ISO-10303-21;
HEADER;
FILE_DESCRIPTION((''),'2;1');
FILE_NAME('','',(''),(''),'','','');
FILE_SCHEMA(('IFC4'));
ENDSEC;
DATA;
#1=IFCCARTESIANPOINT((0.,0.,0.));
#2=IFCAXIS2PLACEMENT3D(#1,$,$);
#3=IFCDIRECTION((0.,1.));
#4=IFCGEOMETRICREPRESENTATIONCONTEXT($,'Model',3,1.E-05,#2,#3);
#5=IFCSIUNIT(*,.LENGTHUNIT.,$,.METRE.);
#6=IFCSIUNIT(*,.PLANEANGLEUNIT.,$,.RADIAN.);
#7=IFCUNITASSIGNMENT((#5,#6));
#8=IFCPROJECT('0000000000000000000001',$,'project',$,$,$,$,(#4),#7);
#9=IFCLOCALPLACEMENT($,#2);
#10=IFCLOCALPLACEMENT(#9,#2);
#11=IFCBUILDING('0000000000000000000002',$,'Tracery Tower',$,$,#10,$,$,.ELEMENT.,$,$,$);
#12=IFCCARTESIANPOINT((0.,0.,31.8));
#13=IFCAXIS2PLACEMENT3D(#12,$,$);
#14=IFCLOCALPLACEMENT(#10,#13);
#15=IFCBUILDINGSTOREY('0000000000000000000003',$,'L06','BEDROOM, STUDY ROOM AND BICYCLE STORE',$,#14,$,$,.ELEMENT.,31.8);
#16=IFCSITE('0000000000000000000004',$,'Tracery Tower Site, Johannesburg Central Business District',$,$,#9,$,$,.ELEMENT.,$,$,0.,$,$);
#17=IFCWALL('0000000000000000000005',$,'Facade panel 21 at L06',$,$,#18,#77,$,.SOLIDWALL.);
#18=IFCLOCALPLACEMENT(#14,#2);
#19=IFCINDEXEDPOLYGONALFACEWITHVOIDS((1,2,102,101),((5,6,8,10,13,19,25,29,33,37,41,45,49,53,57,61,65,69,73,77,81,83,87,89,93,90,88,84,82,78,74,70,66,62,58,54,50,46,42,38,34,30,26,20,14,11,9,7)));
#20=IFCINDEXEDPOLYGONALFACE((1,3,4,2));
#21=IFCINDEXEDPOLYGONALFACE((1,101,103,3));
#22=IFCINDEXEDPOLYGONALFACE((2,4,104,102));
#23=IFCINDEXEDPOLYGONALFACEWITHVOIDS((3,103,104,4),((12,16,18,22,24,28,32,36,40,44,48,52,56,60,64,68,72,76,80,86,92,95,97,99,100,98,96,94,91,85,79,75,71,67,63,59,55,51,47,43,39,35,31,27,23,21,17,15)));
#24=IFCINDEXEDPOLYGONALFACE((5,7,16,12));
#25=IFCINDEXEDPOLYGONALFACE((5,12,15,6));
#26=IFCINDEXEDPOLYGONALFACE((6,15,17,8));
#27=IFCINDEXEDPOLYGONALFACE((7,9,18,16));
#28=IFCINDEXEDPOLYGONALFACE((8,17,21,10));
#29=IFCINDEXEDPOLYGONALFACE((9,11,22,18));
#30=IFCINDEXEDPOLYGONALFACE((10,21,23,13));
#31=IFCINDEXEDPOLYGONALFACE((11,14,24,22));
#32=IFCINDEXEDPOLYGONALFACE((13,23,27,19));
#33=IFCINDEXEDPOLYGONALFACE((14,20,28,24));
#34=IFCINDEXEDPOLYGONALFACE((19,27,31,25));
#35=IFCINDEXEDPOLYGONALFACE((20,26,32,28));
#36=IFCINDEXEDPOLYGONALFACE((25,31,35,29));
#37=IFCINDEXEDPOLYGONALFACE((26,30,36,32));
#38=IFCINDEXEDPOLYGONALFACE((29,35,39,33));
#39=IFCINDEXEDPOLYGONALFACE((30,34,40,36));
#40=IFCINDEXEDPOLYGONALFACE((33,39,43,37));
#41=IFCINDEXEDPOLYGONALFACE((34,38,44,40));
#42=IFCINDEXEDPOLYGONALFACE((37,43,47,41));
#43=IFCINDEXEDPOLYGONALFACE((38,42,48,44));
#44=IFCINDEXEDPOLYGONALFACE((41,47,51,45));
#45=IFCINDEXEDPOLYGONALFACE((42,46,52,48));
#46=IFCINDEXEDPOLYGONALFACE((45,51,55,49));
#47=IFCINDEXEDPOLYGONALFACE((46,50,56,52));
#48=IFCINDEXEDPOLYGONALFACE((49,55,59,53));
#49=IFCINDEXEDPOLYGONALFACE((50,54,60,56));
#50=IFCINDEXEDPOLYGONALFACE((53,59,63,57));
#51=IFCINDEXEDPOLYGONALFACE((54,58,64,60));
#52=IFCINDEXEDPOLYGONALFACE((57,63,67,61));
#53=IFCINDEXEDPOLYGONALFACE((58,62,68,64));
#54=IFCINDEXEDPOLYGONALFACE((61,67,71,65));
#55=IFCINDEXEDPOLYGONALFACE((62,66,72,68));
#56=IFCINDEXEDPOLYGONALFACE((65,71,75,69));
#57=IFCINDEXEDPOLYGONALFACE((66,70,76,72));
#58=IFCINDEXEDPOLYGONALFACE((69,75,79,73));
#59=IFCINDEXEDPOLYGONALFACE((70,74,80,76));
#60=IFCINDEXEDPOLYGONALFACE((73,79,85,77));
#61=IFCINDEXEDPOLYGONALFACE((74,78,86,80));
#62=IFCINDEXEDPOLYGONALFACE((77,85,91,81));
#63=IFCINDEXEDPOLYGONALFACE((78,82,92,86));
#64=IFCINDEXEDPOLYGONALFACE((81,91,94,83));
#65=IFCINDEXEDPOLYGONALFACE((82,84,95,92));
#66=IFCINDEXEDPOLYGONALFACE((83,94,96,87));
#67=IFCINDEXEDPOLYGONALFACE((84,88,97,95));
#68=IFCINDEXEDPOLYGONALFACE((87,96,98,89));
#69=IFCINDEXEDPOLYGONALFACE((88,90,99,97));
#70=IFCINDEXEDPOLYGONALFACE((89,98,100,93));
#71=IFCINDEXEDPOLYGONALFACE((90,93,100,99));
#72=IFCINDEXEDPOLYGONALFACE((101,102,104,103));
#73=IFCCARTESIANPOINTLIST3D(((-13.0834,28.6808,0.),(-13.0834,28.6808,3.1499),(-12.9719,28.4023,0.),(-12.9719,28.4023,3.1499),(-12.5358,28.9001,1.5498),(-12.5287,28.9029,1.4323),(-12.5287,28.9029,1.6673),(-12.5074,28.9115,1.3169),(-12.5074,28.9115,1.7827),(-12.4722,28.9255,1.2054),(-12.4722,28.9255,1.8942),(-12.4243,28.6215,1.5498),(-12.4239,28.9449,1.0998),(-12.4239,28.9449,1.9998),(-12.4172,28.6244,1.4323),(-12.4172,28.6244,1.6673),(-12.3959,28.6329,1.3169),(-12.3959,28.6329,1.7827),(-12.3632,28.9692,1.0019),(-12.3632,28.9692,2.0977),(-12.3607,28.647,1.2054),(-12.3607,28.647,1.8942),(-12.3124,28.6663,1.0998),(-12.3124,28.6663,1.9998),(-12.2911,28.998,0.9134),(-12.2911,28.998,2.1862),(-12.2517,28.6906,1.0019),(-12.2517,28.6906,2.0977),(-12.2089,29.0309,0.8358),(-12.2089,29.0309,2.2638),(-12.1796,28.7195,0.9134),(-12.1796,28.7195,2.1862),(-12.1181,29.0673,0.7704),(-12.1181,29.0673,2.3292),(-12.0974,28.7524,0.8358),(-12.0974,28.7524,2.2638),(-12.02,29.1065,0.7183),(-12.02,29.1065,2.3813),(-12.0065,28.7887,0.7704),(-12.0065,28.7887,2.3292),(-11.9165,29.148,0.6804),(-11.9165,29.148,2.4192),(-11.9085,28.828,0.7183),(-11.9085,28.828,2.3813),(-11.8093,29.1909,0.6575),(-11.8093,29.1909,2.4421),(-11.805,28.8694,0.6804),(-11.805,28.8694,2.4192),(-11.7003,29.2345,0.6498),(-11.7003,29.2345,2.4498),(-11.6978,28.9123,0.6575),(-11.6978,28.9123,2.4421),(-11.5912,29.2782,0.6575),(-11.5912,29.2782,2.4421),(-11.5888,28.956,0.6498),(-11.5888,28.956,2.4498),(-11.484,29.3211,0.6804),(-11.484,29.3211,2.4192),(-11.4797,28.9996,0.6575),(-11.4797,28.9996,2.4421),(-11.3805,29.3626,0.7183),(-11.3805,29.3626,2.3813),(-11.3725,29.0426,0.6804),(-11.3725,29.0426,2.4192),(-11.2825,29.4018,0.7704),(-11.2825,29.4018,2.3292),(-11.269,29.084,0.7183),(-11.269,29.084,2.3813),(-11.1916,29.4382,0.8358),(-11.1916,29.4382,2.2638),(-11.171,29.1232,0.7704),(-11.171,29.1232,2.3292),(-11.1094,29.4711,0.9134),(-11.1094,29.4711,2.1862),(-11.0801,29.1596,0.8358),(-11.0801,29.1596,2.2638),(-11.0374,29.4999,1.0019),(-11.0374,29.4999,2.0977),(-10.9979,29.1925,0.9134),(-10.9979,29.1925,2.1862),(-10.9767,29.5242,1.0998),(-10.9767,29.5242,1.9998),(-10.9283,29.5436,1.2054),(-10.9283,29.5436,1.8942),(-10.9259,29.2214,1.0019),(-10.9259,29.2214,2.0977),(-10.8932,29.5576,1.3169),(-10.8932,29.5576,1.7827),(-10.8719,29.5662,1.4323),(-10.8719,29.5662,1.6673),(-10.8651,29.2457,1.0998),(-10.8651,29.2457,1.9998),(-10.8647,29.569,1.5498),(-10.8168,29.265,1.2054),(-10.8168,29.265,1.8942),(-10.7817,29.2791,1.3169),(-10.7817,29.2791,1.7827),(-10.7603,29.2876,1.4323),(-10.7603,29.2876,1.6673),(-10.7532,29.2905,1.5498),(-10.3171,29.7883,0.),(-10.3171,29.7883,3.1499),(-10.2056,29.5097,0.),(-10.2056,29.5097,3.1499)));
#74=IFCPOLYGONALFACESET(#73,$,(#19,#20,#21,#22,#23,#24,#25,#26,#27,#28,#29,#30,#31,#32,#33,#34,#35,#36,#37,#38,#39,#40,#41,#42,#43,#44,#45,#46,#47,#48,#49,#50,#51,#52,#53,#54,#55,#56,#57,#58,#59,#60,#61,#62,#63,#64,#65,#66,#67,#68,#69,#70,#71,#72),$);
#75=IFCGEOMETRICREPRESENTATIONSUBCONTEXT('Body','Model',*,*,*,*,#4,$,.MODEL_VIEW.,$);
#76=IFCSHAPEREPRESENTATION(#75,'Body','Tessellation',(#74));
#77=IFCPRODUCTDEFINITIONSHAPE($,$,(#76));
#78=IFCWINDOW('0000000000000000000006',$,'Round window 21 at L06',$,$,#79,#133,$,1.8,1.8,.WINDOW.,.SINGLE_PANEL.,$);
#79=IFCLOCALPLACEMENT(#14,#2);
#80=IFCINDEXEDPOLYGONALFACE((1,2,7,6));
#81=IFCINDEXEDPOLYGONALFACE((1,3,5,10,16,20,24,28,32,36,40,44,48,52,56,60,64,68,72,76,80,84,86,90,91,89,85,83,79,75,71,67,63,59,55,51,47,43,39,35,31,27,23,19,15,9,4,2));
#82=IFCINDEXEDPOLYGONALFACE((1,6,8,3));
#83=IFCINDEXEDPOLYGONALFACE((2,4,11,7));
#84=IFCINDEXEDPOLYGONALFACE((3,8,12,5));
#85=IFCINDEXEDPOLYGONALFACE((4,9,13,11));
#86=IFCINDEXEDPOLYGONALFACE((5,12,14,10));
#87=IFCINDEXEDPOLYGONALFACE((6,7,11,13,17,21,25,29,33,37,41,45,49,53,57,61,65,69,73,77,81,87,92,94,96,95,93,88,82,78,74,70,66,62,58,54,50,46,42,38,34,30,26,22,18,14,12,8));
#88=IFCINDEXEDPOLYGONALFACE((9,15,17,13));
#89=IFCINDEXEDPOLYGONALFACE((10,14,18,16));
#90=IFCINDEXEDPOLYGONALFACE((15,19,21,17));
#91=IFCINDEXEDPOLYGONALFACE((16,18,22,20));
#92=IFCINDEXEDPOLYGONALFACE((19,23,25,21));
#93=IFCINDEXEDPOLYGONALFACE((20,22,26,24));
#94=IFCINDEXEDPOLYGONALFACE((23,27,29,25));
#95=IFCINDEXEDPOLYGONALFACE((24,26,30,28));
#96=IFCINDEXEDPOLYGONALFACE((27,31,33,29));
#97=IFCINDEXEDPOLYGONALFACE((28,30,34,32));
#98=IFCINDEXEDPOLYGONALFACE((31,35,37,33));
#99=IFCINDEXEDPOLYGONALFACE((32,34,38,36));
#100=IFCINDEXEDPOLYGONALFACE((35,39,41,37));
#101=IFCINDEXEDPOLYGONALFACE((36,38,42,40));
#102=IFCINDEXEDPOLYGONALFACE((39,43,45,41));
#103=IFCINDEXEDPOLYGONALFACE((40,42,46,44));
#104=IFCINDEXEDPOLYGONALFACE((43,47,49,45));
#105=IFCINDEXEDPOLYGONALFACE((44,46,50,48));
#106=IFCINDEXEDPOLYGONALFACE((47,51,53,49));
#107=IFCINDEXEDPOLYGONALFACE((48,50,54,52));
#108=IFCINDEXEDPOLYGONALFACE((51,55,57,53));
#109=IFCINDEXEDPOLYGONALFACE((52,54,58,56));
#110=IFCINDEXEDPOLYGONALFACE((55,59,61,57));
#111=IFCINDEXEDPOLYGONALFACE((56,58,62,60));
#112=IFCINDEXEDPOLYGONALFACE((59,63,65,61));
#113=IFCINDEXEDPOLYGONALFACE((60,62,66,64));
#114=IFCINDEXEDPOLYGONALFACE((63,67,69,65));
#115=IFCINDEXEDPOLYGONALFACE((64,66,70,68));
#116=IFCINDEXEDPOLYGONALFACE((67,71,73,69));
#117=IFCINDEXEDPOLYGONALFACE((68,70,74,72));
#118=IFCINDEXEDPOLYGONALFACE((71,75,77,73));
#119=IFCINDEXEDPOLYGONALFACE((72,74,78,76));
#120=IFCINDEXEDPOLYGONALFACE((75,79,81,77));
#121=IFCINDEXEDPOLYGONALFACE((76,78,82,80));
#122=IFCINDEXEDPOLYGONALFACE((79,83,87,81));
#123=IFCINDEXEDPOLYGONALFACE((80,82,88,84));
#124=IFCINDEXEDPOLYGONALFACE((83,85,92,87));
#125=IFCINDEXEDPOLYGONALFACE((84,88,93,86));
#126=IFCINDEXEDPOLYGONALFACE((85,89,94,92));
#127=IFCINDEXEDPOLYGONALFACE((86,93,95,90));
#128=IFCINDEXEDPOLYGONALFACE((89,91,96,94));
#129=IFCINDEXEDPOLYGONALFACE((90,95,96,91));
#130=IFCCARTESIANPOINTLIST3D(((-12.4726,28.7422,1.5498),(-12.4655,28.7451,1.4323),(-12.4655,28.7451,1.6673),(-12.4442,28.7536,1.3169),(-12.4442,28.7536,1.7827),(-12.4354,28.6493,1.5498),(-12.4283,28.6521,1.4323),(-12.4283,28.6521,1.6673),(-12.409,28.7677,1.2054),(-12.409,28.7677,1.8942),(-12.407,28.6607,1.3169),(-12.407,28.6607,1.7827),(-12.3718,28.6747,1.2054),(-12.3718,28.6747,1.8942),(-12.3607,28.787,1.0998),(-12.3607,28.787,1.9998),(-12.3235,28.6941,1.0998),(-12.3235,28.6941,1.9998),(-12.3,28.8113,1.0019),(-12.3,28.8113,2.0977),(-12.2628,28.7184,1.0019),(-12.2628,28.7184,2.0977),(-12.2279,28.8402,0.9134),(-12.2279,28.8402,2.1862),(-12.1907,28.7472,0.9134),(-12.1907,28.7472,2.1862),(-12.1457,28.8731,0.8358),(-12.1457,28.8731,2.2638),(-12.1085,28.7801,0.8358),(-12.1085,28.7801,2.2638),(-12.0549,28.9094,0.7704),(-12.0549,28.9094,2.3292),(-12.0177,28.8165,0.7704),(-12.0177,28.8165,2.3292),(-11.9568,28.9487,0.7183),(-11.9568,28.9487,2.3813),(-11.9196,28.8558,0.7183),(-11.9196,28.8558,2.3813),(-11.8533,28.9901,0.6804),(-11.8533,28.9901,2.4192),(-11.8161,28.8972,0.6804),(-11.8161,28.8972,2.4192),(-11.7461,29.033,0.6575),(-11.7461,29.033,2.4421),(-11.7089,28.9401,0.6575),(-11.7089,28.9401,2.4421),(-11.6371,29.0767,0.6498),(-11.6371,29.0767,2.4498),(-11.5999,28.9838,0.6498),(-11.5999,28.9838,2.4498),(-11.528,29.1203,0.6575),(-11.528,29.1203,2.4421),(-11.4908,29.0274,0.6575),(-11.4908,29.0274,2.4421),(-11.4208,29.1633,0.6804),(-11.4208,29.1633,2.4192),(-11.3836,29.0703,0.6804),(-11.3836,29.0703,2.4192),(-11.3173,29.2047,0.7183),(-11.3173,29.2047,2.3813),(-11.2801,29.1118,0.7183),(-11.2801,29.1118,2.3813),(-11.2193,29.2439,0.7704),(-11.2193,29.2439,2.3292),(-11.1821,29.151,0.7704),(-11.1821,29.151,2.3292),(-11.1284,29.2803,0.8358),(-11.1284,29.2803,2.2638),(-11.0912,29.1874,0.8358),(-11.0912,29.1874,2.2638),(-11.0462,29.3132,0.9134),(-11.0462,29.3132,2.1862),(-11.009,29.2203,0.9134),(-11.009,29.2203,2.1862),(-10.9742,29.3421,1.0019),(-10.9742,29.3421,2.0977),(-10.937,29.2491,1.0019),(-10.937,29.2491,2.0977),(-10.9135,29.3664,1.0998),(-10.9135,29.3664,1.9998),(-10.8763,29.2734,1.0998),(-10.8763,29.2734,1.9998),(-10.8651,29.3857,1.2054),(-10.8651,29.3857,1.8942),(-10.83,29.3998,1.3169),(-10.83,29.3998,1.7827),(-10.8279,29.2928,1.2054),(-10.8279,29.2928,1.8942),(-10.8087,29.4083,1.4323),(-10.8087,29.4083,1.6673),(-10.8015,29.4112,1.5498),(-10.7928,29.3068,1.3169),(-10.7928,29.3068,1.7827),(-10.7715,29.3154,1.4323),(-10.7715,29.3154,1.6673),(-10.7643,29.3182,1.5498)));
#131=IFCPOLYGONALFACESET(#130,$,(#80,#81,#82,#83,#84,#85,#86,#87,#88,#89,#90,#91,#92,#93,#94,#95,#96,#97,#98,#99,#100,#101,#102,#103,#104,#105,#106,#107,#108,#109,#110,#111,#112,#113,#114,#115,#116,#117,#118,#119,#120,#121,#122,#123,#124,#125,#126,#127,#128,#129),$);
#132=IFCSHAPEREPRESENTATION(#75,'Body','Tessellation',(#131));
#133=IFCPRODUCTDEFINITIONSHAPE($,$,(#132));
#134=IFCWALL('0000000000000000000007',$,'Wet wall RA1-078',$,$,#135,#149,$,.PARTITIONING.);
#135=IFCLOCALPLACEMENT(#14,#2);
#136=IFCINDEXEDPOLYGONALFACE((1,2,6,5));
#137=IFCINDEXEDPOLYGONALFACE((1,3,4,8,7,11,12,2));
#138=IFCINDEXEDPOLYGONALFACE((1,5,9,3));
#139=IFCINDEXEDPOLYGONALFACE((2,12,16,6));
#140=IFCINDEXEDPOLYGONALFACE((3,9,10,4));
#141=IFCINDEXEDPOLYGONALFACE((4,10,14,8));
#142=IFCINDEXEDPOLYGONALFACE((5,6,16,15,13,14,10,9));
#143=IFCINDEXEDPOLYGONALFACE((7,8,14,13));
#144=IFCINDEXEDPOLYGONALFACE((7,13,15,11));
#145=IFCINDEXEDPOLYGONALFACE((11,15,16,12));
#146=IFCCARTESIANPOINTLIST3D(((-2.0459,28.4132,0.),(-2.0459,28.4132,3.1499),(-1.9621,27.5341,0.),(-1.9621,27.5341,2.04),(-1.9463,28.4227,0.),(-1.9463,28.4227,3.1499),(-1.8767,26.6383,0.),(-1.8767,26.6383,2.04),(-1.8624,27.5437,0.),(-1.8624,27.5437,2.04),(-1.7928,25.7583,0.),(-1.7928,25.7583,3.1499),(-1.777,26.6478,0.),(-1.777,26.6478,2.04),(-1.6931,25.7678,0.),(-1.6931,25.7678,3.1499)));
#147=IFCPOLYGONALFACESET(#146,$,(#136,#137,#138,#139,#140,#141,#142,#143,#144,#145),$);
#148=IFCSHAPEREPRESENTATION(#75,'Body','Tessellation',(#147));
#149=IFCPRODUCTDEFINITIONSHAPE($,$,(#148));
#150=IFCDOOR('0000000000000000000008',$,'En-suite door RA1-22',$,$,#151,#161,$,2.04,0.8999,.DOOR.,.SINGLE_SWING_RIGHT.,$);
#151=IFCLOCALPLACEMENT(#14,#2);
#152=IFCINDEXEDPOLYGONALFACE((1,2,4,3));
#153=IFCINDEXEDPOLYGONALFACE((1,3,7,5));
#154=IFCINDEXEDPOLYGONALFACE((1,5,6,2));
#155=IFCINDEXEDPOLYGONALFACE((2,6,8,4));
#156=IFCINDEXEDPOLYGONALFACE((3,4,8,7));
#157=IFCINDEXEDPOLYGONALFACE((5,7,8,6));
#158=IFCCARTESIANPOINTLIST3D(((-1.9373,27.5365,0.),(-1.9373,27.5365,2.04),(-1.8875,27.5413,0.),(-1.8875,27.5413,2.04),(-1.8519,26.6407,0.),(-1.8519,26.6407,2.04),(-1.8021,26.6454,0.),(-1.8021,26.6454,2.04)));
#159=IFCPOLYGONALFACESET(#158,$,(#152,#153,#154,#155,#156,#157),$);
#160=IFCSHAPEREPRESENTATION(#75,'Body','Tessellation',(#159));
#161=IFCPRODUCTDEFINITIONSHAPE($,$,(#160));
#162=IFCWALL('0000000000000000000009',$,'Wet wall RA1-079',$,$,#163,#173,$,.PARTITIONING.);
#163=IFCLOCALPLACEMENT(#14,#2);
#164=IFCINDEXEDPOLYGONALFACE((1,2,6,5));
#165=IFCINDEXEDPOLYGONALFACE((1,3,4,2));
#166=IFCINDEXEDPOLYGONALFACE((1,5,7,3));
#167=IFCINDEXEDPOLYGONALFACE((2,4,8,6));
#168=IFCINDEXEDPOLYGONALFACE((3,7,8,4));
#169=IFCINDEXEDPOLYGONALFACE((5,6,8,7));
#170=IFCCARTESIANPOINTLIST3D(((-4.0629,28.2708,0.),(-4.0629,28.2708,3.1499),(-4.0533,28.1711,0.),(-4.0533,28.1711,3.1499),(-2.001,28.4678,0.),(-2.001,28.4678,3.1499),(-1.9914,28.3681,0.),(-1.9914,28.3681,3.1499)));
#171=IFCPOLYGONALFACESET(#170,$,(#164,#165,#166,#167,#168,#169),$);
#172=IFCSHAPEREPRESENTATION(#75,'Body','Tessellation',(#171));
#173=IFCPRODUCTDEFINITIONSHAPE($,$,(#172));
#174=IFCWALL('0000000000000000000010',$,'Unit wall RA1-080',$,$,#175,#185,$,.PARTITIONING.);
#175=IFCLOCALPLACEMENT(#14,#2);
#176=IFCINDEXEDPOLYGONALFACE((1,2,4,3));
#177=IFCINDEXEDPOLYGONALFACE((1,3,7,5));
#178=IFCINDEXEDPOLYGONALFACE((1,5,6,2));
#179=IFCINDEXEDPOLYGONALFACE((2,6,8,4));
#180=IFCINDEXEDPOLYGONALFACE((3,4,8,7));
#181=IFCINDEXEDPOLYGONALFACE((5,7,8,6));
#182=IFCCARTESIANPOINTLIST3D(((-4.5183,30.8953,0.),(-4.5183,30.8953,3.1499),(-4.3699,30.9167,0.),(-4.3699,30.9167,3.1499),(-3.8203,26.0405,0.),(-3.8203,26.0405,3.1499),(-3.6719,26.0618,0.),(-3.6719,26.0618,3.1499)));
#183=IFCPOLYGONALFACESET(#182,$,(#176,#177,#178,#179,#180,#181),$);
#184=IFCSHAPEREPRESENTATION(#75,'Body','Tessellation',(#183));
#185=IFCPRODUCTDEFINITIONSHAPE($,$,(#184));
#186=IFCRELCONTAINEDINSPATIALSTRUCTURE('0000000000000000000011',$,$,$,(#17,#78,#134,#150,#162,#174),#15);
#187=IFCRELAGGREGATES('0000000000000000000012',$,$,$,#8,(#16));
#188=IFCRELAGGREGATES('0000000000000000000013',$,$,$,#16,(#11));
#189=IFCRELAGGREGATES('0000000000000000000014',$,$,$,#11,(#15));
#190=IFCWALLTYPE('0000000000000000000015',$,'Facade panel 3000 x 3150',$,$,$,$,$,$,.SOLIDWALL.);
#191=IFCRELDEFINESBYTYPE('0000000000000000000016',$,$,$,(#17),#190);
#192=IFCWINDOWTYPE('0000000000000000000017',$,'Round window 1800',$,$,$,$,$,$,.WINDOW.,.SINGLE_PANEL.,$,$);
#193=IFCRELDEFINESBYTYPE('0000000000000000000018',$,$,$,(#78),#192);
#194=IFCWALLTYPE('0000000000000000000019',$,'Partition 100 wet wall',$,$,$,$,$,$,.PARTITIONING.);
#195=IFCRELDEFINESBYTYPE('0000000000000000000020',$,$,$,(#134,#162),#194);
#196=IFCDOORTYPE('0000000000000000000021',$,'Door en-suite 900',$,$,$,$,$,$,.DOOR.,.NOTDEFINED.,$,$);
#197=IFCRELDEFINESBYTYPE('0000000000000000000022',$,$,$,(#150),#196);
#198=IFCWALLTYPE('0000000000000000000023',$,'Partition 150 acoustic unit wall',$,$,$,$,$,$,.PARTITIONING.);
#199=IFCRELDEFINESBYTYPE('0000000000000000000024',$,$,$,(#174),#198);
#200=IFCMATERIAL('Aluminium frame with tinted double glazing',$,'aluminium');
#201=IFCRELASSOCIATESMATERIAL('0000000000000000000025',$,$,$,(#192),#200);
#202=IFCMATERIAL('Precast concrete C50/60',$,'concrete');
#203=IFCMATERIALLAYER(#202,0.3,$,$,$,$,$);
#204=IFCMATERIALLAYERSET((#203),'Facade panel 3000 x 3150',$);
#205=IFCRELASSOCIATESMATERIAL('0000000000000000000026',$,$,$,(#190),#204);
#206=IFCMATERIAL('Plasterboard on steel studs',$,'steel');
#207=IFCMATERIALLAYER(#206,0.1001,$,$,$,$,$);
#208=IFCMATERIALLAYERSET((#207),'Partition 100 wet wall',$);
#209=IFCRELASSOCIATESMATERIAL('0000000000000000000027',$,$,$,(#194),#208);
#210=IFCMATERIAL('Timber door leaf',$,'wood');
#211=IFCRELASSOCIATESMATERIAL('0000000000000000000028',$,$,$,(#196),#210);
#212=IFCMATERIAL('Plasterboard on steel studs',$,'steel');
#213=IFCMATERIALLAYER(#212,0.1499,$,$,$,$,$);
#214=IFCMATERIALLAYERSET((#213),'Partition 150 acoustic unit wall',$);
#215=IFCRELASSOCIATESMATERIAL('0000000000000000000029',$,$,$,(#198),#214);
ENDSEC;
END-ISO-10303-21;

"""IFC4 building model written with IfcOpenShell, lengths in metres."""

from ifc_helpers import new_model, si_unit, direction, frame, frame_2d, origin, origin_2d, place, context, subcontext, project, spatial, rectangle, circle, extrude, material, layer, layer_set, type_object, element, fill, save


model = new_model("IFC4")

# Units and contexts
model_context = context("Model", 3, precision=1e-05, world=origin(), true_north=direction((0.0, 1.0)))
body_context = subcontext(model_context, "Body", "Model", "MODEL_VIEW")
ifc_project = project(units=[si_unit("LENGTHUNIT", "METRE"), si_unit("PLANEANGLEUNIT", "RADIAN")], contexts=[model_context])

# Site, building, storey
site_placement = place(None, origin())
site = spatial("IfcSite", under=ifc_project, at=site_placement, Name="Tracery Tower Site, Johannesburg Central Business District", CompositionType="ELEMENT", RefElevation=0.0)
building_placement = place(site_placement, origin())
building = spatial("IfcBuilding", under=site, at=building_placement, Name="Tracery Tower", CompositionType="ELEMENT")
storey_placement = place(building_placement, frame((0.0, 0.0, 31.8)))
storey = spatial("IfcBuildingStorey", under=building, at=storey_placement, Name="L06", Description="BEDROOM, STUDY ROOM AND BICYCLE STORE", CompositionType="ELEMENT", Elevation=31.8)

# Wall, opening, window
ifc_material_1 = material(Name="Aluminium frame with tinted double glazing", Category="aluminium")
window_type = type_object("IfcWindowType", Name="Round window 1800", PartitioningType="SINGLE_PANEL", PredefinedType="WINDOW", material=ifc_material_1)
ifc_material_2 = material(Name="Precast concrete C50/60", Category="concrete")
ifc_layer_1 = layer(ifc_material_2, 0.3)
ifc_layer_set_1 = layer_set([ifc_layer_1], Name="Facade panel 3000 x 3150")
wall_type_1 = type_object("IfcWallType", Name="Facade panel 3000 x 3150", PredefinedType="SOLIDWALL", material=ifc_layer_set_1)
wall_1_placement = place(storey_placement, frame((-10.2615, 29.6489, 0.0), z_axis=(0.0, 0.0, 1.0), x_axis=(-0.928375, -0.371645, 0.0)))
wall_1 = element("IfcWall", 1, at=wall_1_placement, inside=storey, type_object=wall_type_1, Name="Facade panel 21 at L06", PredefinedType="SOLIDWALL", context=body_context, shape_type="SweptSolid", body=[
    extrude(rectangle(XDim=2.9797, YDim=0.3, at=frame_2d((1.4897, 0.0))), origin(), (0.0, 0.0, 1.0), 3.1499),
])
opening_1_placement = place(wall_1_placement, frame((1.4897, 0.0, 1.5498)))
opening_1 = element("IfcOpeningElement", 2, at=opening_1_placement, cuts=wall_1, PredefinedType="OPENING", context=body_context, shape_type="SweptSolid", body=[
    extrude(circle(Radius=0.9, at=origin_2d()), frame((0.0, 0.1599, 0.0), z_axis=(0.0, -1.0, 0.0), x_axis=(1.0, 0.0, 0.0)), (0.0, 0.0, 1.0), 0.3201),
])
window_1_placement = place(opening_1_placement, origin())
window_1 = element("IfcWindow", 3, at=window_1_placement, inside=storey, type_object=window_type, Name="Round window 21 at L06", OverallHeight=1.8, OverallWidth=1.8, PartitioningType="SINGLE_PANEL", PredefinedType="WINDOW", context=body_context, shape_type="SweptSolid", body=[
    extrude(circle(Radius=0.9, at=origin_2d()), frame((0.0, 0.1201, 0.0), z_axis=(0.0, -1.0, 0.0), x_axis=(1.0, 0.0, 0.0)), (0.0, 0.0, 1.0), 0.1001),
])
fill(opening_1, window_1)

# Wall, opening, door
ifc_material_3 = material(Name="Plasterboard on steel studs", Category="steel")
ifc_layer_2 = layer(ifc_material_3, 0.1001)
ifc_layer_set_2 = layer_set([ifc_layer_2], Name="Partition 100 wet wall")
wall_type_2 = type_object("IfcWallType", Name="Partition 100 wet wall", PredefinedType="PARTITIONING", material=ifc_layer_set_2)
wall_2_placement = place(storey_placement, frame((-1.9961, 28.418, 0.0), z_axis=(0.0, 0.0, 1.0), x_axis=(0.094926, -0.995484, 0.0)))
wall_2 = element("IfcWall", 4, at=wall_2_placement, inside=storey, type_object=wall_type_2, Name="Wet wall RA1-078", PredefinedType="PARTITIONING", context=body_context, shape_type="SweptSolid", body=[
    extrude(rectangle(XDim=2.667, YDim=0.1001, at=frame_2d((1.3335, 0.0))), origin(), (0.0, 0.0, 1.0), 3.1499),
])
opening_2_placement = place(wall_2_placement, frame((0.8831, 0.0, 0.0)))
opening_2 = element("IfcOpeningElement", 5, at=opening_2_placement, cuts=wall_2, PredefinedType="OPENING", context=body_context, shape_type="SweptSolid", body=[
    extrude(rectangle(XDim=0.8999, YDim=2.04, at=frame_2d((0.45, 1.02))), frame((0.0, 0.05, 0.0), z_axis=(0.0, -1.0, 0.0), x_axis=(1.0, 0.0, 0.0)), (0.0, 0.0, 1.0), 0.1001),
])
ifc_material_4 = material(Name="Timber door leaf", Category="wood")
door_type = type_object("IfcDoorType", Name="Door en-suite 900", OperationType="NOTDEFINED", PredefinedType="DOOR", material=ifc_material_4)
door_placement = place(opening_2_placement, origin())
door = element("IfcDoor", 6, at=door_placement, inside=storey, type_object=door_type, Name="En-suite door RA1-22", OperationType="SINGLE_SWING_RIGHT", OverallHeight=2.04, OverallWidth=0.8999, PredefinedType="DOOR", context=body_context, shape_type="SweptSolid", body=[
    extrude(rectangle(XDim=0.8999, YDim=2.04, at=frame_2d((0.45, 1.02))), frame((0.0, 0.0249, 0.0), z_axis=(0.0, -1.0, 0.0), x_axis=(1.0, 0.0, 0.0)), (0.0, 0.0, 1.0), 0.05),
])
fill(opening_2, door)

# Walls
wall_3_placement = place(storey_placement, frame((-4.0581, 28.2209, 0.0), z_axis=(0.0, 0.0, 1.0), x_axis=(0.995466, 0.095115, 0.0)))
element("IfcWall", 7, at=wall_3_placement, inside=storey, type_object=wall_type_2, Name="Wet wall RA1-079", PredefinedType="PARTITIONING", context=body_context, shape_type="SweptSolid", body=[
    extrude(rectangle(XDim=2.0713, YDim=0.1001, at=frame_2d((1.0356, 0.0))), origin(), (0.0, 0.0, 1.0), 3.1499),
])
ifc_material_5 = material(Name="Plasterboard on steel studs", Category="steel")
ifc_layer_3 = layer(ifc_material_5, 0.1499)
ifc_layer_set_3 = layer_set([ifc_layer_3], Name="Partition 150 acoustic unit wall")
wall_type_3 = type_object("IfcWallType", Name="Partition 150 acoustic unit wall", PredefinedType="PARTITIONING", material=ifc_layer_set_3)
wall_4_placement = place(storey_placement, frame((-4.4441, 30.906, 0.0), z_axis=(0.0, 0.0, 1.0), x_axis=(0.142306, -0.989823, 0.0)))
element("IfcWall", 8, at=wall_4_placement, inside=storey, type_object=wall_type_3, Name="Unit wall RA1-080", PredefinedType="PARTITIONING", context=body_context, shape_type="SweptSolid", body=[
    extrude(rectangle(XDim=4.9048, YDim=0.1499, at=frame_2d((2.4524, 0.0))), origin(), (0.0, 0.0, 1.0), 3.1499),
])

save(model, "model.ifc")
